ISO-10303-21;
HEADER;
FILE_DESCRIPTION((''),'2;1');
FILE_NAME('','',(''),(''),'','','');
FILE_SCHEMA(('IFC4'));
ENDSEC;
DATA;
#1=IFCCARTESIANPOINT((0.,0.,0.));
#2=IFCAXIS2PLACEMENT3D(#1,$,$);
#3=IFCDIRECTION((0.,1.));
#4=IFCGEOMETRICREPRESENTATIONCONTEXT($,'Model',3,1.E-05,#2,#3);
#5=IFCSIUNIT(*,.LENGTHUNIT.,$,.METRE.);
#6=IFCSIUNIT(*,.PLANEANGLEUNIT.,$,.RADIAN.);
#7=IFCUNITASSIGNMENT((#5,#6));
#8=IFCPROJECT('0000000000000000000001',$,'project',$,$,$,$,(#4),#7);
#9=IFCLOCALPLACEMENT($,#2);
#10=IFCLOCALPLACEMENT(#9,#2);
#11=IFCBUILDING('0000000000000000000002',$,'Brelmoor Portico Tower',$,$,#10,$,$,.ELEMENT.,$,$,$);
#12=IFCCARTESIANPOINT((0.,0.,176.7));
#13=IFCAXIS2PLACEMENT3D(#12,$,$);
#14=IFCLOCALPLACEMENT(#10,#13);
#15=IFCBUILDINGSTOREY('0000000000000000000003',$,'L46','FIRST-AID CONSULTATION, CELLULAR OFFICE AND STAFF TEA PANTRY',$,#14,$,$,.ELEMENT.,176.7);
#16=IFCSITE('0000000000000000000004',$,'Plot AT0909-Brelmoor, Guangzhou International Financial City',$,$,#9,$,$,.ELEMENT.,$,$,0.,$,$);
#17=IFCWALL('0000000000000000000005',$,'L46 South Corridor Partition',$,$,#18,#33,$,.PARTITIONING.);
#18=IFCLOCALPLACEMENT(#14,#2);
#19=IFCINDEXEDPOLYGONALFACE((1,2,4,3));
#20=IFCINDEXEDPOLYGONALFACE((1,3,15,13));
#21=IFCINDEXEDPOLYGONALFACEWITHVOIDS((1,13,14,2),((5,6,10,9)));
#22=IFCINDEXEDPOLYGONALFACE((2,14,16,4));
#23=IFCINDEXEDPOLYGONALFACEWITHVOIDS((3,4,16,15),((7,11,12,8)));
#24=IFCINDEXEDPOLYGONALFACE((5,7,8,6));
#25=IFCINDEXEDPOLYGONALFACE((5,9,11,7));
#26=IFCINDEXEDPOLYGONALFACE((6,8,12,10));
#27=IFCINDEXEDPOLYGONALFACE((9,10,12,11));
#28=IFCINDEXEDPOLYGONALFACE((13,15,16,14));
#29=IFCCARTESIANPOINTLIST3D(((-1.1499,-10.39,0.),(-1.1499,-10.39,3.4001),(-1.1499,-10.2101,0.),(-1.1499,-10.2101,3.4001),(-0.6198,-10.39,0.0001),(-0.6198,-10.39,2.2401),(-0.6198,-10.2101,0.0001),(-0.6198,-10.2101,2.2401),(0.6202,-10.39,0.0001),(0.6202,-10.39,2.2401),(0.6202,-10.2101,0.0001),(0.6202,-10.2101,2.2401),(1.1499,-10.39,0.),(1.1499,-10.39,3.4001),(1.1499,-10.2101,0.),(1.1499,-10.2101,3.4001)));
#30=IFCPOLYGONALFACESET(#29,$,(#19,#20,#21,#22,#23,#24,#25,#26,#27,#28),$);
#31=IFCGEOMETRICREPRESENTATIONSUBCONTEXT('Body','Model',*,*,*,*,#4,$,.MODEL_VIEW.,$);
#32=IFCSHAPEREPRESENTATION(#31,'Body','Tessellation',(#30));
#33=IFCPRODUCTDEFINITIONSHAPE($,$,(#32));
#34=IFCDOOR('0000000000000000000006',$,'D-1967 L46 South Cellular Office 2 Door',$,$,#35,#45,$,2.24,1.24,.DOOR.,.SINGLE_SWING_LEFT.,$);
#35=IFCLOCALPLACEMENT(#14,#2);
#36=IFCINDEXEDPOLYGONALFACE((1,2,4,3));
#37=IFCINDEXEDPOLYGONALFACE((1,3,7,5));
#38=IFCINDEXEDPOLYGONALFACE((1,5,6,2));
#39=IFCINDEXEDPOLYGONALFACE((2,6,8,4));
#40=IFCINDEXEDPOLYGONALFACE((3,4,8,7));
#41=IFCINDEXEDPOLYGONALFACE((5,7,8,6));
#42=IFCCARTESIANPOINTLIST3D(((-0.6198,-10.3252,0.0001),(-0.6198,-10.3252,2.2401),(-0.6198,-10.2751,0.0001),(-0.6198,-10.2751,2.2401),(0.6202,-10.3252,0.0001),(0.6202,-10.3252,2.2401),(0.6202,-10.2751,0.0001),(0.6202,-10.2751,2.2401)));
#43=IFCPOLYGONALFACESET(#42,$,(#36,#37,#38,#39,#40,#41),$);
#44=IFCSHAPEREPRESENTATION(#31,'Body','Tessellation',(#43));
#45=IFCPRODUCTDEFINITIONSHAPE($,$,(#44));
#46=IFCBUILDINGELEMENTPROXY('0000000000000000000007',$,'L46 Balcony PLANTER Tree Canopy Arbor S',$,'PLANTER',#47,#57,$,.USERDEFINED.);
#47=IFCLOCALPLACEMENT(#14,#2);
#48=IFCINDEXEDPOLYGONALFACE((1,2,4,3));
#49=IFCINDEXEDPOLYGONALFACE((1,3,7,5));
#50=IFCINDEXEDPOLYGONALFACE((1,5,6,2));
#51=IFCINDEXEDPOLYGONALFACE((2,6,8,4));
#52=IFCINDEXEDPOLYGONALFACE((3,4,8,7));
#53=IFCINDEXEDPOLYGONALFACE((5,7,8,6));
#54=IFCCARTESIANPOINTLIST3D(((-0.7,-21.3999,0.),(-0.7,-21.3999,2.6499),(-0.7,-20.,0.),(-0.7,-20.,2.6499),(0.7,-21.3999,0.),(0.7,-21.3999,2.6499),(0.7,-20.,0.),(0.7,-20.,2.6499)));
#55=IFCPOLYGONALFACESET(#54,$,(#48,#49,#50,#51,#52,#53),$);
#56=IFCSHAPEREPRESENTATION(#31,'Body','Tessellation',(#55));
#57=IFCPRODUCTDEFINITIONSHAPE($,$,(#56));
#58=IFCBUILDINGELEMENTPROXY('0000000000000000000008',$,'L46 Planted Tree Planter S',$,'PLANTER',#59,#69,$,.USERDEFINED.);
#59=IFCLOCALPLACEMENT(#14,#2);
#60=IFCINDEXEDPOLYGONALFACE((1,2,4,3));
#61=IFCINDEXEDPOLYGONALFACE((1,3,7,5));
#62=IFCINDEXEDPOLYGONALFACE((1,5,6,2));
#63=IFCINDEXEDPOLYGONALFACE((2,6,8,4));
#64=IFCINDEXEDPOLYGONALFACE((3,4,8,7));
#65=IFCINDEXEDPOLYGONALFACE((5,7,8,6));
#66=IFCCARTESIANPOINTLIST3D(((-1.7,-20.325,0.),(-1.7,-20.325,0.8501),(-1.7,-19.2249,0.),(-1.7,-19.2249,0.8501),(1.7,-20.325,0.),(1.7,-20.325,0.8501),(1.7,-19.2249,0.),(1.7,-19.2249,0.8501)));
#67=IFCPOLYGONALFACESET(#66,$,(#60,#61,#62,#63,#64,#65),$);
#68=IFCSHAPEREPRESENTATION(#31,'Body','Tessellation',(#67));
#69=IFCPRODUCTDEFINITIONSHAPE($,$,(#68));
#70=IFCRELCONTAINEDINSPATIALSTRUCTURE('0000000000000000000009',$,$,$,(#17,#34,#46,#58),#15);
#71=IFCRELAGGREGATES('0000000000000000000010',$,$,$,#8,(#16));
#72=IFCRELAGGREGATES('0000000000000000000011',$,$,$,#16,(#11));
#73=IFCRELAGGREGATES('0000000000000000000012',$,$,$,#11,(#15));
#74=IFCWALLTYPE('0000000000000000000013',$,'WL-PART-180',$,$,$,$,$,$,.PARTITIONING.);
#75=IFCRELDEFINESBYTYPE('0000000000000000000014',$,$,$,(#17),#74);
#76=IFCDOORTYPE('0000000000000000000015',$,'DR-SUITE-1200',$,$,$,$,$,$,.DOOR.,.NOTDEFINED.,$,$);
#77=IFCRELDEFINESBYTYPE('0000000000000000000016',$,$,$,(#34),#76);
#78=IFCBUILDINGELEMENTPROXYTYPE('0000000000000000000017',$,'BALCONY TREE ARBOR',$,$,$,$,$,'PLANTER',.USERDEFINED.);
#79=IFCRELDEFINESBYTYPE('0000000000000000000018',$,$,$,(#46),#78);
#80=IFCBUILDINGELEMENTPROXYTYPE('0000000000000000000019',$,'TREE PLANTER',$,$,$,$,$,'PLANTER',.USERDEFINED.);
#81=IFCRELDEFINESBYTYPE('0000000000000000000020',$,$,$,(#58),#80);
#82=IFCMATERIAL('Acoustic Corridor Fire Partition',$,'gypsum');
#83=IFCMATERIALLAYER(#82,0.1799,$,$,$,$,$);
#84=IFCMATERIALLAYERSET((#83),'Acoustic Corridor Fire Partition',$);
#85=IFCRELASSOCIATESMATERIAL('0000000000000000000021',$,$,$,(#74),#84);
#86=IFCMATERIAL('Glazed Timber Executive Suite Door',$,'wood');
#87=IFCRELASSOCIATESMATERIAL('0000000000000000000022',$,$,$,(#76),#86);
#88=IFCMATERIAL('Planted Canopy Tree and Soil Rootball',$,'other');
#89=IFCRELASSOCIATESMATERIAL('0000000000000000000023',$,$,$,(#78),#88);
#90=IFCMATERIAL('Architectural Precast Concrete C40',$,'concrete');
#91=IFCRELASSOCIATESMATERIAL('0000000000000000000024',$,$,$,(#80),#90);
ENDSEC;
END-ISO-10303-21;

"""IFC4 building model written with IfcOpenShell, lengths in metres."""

from ifc_helpers import new_model, si_unit, direction, frame, frame_2d, origin, origin_2d, place, context, subcontext, project, spatial, rectangle, extrude, material, layer, layer_set, type_object, element, fill, save


model = new_model("IFC4")

# Units and contexts
model_context = context("Model", 3, precision=1e-05, world=origin(), true_north=direction((0.0, 1.0)))
body_context = subcontext(model_context, "Body", "Model", "MODEL_VIEW")
ifc_project = project(units=[si_unit("LENGTHUNIT", "METRE"), si_unit("PLANEANGLEUNIT", "RADIAN")], contexts=[model_context])

# Site, building, storey
site_placement = place(None, origin())
site = spatial("IfcSite", under=ifc_project, at=site_placement, Name="Plot AT0909-Brelmoor, Guangzhou International Financial City", CompositionType="ELEMENT", RefElevation=0.0)
building_placement = place(site_placement, origin())
building = spatial("IfcBuilding", under=site, at=building_placement, Name="Brelmoor Portico Tower", CompositionType="ELEMENT")
storey_placement = place(building_placement, frame((0.0, 0.0, 176.7)))
storey = spatial("IfcBuildingStorey", under=building, at=storey_placement, Name="L46", Description="FIRST-AID CONSULTATION, CELLULAR OFFICE AND STAFF TEA PANTRY", CompositionType="ELEMENT", Elevation=176.7)

# Wall, opening, door
ifc_material_1 = material(Name="Acoustic Corridor Fire Partition", Category="gypsum")
ifc_layer_1 = layer(ifc_material_1, 0.1799)
ifc_layer_set_1 = layer_set([ifc_layer_1], Name="Acoustic Corridor Fire Partition")
wall_type_1 = type_object("IfcWallType", Name="WL-PART-180", PredefinedType="PARTITIONING", material=ifc_layer_set_1)
wall_1_placement = place(storey_placement, frame((-1.1499, -10.3, 0.0), z_axis=(0.0, 0.0, 1.0), x_axis=(1.0, 0.0, 0.0)))
wall_1 = element("IfcWall", 1, at=wall_1_placement, inside=storey, type_object=wall_type_1, Name="L46 South Corridor Partition", PredefinedType="PARTITIONING", context=body_context, shape_type="SweptSolid", body=[
    extrude(rectangle(XDim=2.2998, YDim=0.1799, at=frame_2d((1.1499, 0.0))), origin(), (0.0, 0.0, 1.0), 3.4001),
])
opening_1_placement = place(wall_1_placement, frame((0.53, 0.0, 0.0)))
opening_1 = element("IfcOpeningElement", 2, at=opening_1_placement, cuts=wall_1, PredefinedType="OPENING", context=body_context, shape_type="SweptSolid", body=[
    extrude(rectangle(XDim=1.24, YDim=2.24, at=frame_2d((0.6201, 1.1201))), frame((0.0, 0.0999, 0.0), z_axis=(0.0, -1.0, 0.0), x_axis=(1.0, 0.0, 0.0)), (0.0, 0.0, 1.0), 0.2),
])
ifc_material_2 = material(Name="Glazed Timber Executive Suite Door", Category="wood")
door_type_1 = type_object("IfcDoorType", Name="DR-SUITE-1200", OperationType="NOTDEFINED", PredefinedType="DOOR", material=ifc_material_2)
door_1_placement = place(opening_1_placement, origin())
door_1 = element("IfcDoor", 3, at=door_1_placement, inside=storey, type_object=door_type_1, Name="D-1967 L46 South Cellular Office 2 Door", OperationType="SINGLE_SWING_LEFT", OverallHeight=2.24, OverallWidth=1.24, PredefinedType="DOOR", context=body_context, shape_type="SweptSolid", body=[
    extrude(rectangle(XDim=1.24, YDim=2.24, at=frame_2d((0.6201, 1.1201))), frame((0.0, 0.0249, 0.0), z_axis=(0.0, -1.0, 0.0), x_axis=(1.0, 0.0, 0.0)), (0.0, 0.0, 1.0), 0.05),
])
fill(opening_1, door_1)

# Building element proxies
ifc_material_3 = material(Name="Planted Canopy Tree and Soil Rootball", Category="other")
building_element_proxy_type_1 = type_object("IfcBuildingElementProxyType", Name="BALCONY TREE ARBOR", ElementType="PLANTER", PredefinedType="USERDEFINED", material=ifc_material_3)
proxy_1_placement = place(storey_placement, frame((0.0, -20.7, 0.0), z_axis=(0.0, 0.0, 1.0), x_axis=(1.0, 0.0, 0.0)))
element("IfcBuildingElementProxy", 4, at=proxy_1_placement, inside=storey, type_object=building_element_proxy_type_1, Name="L46 Balcony PLANTER Tree Canopy Arbor S", ObjectType="PLANTER", PredefinedType="USERDEFINED", context=body_context, shape_type="SweptSolid", body=[
    extrude(rectangle(XDim=1.3999, YDim=1.3999, at=origin_2d()), origin(), (0.0, 0.0, 1.0), 2.6499),
])
ifc_material_4 = material(Name="Architectural Precast Concrete C40", Category="concrete")
building_element_proxy_type_2 = type_object("IfcBuildingElementProxyType", Name="TREE PLANTER", ElementType="PLANTER", PredefinedType="USERDEFINED", material=ifc_material_4)
proxy_2_placement = place(storey_placement, frame((0.0, -19.7749, 0.0), z_axis=(0.0, 0.0, 1.0), x_axis=(1.0, 0.0, 0.0)))
element("IfcBuildingElementProxy", 5, at=proxy_2_placement, inside=storey, type_object=building_element_proxy_type_2, Name="L46 Planted Tree Planter S", ObjectType="PLANTER", PredefinedType="USERDEFINED", context=body_context, shape_type="SweptSolid", body=[
    extrude(rectangle(XDim=3.3999, YDim=1.1001, at=origin_2d()), origin(), (0.0, 0.0, 1.0), 0.8501),
])

save(model, "model.ifc")
